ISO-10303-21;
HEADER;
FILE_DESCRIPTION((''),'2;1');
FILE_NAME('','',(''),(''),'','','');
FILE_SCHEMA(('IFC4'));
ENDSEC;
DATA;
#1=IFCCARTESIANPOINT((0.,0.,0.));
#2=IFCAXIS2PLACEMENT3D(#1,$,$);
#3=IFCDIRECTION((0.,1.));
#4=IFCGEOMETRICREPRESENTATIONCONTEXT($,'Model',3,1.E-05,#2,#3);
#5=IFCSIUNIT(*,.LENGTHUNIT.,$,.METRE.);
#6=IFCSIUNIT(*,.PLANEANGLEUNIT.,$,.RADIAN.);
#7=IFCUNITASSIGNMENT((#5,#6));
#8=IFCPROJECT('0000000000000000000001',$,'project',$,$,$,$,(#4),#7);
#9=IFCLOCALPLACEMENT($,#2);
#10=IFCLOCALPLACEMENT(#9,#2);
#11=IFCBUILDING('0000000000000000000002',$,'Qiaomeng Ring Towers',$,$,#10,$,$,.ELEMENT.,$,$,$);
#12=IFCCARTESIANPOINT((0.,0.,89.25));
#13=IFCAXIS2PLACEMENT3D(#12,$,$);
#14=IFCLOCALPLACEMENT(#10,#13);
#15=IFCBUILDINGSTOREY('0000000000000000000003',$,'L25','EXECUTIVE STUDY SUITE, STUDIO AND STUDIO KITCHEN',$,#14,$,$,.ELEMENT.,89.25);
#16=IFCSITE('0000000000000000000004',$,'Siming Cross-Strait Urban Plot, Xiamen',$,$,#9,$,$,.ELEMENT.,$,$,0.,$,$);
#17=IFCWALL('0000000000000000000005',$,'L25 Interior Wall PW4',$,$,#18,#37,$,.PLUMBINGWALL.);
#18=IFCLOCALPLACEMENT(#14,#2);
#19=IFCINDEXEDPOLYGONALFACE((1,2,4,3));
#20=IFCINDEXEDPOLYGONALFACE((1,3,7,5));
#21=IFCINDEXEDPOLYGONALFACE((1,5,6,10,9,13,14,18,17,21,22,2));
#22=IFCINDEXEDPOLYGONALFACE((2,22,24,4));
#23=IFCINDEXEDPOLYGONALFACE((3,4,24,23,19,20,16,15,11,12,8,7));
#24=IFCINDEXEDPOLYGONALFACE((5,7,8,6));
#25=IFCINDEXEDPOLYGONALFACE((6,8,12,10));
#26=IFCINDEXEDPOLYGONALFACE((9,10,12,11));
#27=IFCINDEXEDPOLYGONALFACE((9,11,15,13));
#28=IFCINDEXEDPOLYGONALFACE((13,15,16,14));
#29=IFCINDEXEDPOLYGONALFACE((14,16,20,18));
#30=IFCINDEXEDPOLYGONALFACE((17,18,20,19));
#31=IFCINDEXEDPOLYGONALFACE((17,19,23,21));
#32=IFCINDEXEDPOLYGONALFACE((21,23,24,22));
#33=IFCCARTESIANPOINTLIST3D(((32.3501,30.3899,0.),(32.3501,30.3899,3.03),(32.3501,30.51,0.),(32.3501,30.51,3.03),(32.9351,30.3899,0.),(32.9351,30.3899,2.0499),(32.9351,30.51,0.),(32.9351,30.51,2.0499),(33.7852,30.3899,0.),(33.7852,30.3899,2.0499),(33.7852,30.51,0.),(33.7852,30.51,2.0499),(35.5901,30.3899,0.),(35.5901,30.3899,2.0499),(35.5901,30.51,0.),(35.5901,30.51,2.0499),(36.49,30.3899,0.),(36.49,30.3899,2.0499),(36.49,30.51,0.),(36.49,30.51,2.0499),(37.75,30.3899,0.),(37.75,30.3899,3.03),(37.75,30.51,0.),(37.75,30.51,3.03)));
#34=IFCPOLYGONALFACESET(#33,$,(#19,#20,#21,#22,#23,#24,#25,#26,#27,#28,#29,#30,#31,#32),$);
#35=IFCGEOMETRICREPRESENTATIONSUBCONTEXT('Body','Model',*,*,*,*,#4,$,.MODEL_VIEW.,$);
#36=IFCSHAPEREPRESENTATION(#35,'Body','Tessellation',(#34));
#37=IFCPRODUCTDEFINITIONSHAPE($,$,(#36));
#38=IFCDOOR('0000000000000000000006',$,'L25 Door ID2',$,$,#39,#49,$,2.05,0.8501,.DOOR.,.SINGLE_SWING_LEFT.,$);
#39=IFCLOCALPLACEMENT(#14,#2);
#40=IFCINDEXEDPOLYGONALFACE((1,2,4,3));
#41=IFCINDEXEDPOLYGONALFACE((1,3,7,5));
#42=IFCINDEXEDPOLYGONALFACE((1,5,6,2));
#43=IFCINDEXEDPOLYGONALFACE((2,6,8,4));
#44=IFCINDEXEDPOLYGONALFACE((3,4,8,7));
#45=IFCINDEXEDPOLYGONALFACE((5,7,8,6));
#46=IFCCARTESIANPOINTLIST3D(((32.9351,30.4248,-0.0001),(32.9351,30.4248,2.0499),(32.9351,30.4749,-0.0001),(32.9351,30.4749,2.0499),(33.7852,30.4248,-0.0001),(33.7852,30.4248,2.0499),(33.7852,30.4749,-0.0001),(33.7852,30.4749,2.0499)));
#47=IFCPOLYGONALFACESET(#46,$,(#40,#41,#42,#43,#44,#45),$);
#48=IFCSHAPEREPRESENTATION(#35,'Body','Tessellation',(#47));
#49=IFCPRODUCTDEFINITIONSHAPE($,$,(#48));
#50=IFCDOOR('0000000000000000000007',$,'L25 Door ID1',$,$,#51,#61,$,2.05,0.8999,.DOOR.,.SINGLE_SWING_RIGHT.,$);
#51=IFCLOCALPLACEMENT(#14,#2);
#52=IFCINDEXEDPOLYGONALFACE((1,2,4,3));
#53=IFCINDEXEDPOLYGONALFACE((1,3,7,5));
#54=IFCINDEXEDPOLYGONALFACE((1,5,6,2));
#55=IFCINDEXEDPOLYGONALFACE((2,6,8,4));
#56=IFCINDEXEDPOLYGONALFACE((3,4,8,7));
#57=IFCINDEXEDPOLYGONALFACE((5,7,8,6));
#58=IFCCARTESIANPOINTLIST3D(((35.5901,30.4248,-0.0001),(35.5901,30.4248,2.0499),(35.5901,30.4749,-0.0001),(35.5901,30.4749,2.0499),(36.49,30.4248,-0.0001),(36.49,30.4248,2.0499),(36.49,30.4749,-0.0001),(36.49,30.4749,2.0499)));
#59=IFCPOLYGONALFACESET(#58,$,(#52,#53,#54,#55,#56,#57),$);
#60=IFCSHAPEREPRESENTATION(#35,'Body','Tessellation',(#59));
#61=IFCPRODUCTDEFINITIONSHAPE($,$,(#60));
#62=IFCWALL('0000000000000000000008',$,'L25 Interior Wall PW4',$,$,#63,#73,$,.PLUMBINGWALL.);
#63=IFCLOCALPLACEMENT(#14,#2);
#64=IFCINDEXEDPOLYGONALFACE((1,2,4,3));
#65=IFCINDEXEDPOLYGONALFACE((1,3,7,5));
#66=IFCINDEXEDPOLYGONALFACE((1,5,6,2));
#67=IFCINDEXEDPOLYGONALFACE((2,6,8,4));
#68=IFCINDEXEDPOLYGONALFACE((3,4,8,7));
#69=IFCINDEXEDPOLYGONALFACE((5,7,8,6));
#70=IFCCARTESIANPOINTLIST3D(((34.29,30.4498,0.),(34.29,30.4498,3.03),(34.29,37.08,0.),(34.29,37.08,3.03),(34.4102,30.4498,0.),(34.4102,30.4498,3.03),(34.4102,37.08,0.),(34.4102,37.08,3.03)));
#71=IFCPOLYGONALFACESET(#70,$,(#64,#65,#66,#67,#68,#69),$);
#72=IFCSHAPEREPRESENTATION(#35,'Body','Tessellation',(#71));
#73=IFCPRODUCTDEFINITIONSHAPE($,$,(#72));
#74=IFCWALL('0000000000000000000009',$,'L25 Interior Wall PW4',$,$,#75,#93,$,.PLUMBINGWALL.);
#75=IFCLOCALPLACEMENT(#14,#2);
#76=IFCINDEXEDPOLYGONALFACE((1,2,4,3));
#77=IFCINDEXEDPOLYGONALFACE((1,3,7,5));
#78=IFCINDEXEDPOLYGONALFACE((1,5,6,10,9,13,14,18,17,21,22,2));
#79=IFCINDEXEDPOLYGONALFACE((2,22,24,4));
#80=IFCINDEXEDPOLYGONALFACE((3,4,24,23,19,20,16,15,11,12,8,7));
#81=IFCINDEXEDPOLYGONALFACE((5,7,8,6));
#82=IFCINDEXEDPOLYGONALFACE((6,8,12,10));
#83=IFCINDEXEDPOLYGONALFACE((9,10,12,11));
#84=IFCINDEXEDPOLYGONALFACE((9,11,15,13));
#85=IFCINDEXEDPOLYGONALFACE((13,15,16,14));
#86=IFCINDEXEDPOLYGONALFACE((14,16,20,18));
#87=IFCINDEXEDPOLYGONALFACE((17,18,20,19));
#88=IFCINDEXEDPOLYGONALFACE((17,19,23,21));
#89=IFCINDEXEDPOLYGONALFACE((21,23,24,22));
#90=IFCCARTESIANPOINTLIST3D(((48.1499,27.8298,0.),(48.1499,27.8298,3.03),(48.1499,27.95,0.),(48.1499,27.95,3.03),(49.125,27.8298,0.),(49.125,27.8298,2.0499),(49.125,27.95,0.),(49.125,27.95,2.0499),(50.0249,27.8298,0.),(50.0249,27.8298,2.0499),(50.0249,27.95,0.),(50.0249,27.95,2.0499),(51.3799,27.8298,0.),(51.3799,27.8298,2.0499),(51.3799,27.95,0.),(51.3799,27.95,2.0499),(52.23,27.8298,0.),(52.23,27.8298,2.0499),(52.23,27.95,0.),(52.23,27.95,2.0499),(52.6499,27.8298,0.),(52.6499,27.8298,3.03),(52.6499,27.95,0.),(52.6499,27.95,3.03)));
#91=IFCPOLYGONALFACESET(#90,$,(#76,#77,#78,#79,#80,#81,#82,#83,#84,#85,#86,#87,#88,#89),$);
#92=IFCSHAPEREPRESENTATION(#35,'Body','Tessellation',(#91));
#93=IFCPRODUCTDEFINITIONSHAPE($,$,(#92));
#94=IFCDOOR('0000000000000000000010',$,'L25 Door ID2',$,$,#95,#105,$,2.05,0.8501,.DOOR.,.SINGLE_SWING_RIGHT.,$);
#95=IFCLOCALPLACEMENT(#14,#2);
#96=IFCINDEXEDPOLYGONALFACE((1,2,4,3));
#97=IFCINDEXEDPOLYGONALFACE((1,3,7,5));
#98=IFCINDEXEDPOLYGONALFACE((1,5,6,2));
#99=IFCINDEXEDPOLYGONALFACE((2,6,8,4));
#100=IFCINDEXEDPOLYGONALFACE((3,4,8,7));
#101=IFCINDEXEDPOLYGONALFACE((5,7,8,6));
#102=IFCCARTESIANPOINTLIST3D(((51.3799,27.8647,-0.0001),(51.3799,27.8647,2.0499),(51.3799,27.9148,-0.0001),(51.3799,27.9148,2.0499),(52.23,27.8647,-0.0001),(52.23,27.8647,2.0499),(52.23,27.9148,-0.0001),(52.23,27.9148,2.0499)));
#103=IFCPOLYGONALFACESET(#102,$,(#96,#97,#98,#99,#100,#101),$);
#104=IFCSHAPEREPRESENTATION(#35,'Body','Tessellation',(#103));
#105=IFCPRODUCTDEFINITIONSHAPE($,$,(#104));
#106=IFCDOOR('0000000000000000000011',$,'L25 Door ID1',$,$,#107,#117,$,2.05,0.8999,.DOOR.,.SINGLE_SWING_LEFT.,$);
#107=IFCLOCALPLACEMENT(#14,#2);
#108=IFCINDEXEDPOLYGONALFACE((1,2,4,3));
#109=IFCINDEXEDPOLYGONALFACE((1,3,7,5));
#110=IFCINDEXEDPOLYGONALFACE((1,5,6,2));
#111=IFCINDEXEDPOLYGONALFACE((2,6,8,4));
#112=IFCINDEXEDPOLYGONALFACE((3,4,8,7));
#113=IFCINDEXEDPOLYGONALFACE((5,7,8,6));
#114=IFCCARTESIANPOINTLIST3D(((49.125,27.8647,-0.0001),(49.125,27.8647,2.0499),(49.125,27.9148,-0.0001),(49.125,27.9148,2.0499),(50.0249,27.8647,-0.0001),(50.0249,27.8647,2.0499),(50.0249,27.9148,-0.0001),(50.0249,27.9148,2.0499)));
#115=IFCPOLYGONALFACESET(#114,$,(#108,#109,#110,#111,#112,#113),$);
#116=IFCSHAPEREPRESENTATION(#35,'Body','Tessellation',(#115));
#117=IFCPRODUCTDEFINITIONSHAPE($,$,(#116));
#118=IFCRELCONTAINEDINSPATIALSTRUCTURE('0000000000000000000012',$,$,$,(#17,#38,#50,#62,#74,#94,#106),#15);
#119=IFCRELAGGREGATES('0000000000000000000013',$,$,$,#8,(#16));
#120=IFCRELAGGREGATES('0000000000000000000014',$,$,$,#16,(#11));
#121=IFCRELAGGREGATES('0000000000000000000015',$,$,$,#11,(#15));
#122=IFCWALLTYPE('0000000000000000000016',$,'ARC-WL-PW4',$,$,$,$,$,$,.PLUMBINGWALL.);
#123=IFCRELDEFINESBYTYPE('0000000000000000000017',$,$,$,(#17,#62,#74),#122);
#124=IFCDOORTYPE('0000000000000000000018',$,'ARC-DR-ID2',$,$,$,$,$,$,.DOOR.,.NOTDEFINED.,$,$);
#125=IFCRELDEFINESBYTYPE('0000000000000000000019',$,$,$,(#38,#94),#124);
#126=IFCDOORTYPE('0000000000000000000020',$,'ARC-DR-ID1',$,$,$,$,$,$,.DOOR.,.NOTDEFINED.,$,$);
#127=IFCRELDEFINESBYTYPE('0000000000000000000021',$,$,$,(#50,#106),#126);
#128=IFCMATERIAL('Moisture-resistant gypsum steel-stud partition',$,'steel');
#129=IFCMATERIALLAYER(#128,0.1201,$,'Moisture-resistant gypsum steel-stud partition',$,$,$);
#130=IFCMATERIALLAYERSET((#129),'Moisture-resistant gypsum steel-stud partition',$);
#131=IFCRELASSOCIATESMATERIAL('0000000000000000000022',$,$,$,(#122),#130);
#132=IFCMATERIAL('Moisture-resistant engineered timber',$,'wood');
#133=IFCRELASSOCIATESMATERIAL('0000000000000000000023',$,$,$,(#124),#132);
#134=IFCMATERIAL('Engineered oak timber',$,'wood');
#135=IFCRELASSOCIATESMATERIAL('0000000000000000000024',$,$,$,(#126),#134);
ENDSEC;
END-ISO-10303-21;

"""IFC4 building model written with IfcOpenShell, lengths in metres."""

from ifc_helpers import new_model, si_unit, direction, frame, frame_2d, origin, place, context, subcontext, project, spatial, rectangle, extrude, source, transform, mapped, material, layer, layer_set, type_object, element, fill, save


model = new_model("IFC4")

# Units and contexts
model_context = context("Model", 3, precision=1e-05, world=origin(), true_north=direction((0.0, 1.0)))
body_context = subcontext(model_context, "Body", "Model", "MODEL_VIEW")
ifc_project = project(units=[si_unit("LENGTHUNIT", "METRE"), si_unit("PLANEANGLEUNIT", "RADIAN")], contexts=[model_context])

# Site, building, storey
site_placement = place(None, origin())
site = spatial("IfcSite", under=ifc_project, at=site_placement, Name="Siming Cross-Strait Urban Plot, Xiamen", CompositionType="ELEMENT", RefElevation=0.0)
building_placement = place(site_placement, origin())
building = spatial("IfcBuilding", under=site, at=building_placement, Name="Qiaomeng Ring Towers", CompositionType="ELEMENT")
storey_placement = place(building_placement, frame((0.0, 0.0, 89.25)))
storey = spatial("IfcBuildingStorey", under=building, at=storey_placement, Name="L25", Description="EXECUTIVE STUDY SUITE, STUDIO AND STUDIO KITCHEN", CompositionType="ELEMENT", Elevation=89.25)

# Wall, openings, doors
ifc_material_1 = material(Name="Moisture-resistant gypsum steel-stud partition", Category="steel")
ifc_layer_1 = layer(ifc_material_1, 0.1201, Name="Moisture-resistant gypsum steel-stud partition")
ifc_layer_set_1 = layer_set([ifc_layer_1], Name="Moisture-resistant gypsum steel-stud partition")
wall_type_1 = type_object("IfcWallType", Name="ARC-WL-PW4", PredefinedType="PLUMBINGWALL", material=ifc_layer_set_1)
wall_1_placement = place(storey_placement, frame((32.3501, 30.45, 0.0), z_axis=(0.0, 0.0, 1.0), x_axis=(1.0, 0.0, 0.0)))
wall_1 = element("IfcWall", 1, at=wall_1_placement, inside=storey, type_object=wall_type_1, Name="L25 Interior Wall PW4", PredefinedType="PLUMBINGWALL", context=body_context, shape_type="SweptSolid", body=[
    extrude(rectangle(XDim=5.3999, YDim=0.1201, at=frame_2d((2.7, 0.0))), origin(), (0.0, 0.0, 1.0), 3.03),
])
opening_1_placement = place(wall_1_placement, frame((0.585, 0.0, 0.0)))
opening_1 = element("IfcOpeningElement", 2, at=opening_1_placement, cuts=wall_1, PredefinedType="OPENING", context=body_context, shape_type="SweptSolid", body=[
    extrude(rectangle(XDim=0.8501, YDim=2.05, at=frame_2d((0.425, 1.0249))), frame((0.0, 0.0701, 0.0), z_axis=(0.0, -1.0, 0.0), x_axis=(1.0, 0.0, 0.0)), (0.0, 0.0, 1.0), 0.1401),
])
opening_2_placement = place(wall_1_placement, frame((3.24, 0.0, 0.0)))
opening_2 = element("IfcOpeningElement", 3, at=opening_2_placement, cuts=wall_1, PredefinedType="OPENING", context=body_context, shape_type="SweptSolid", body=[
    extrude(rectangle(XDim=0.8999, YDim=2.05, at=frame_2d((0.45, 1.0249))), frame((0.0, 0.0701, 0.0), z_axis=(0.0, -1.0, 0.0), x_axis=(1.0, 0.0, 0.0)), (0.0, 0.0, 1.0), 0.1401),
])
ifc_material_2 = material(Name="Moisture-resistant engineered timber", Category="wood")
door_type_1 = type_object("IfcDoorType", Name="ARC-DR-ID2", OperationType="NOTDEFINED", PredefinedType="DOOR", material=ifc_material_2)
shared_shape_1 = source(origin(), body_context, "Body", "SweptSolid", [
    extrude(rectangle(XDim=0.8501, YDim=2.05, at=frame_2d((0.425, 1.0249))), frame((0.0, 0.0249, 0.0), z_axis=(0.0, -1.0, 0.0), x_axis=(1.0, 0.0, 0.0)), (0.0, 0.0, 1.0), 0.05),
])
door_1_placement = place(opening_1_placement, origin())
door_1 = element("IfcDoor", 4, at=door_1_placement, inside=storey, type_object=door_type_1, Name="L25 Door ID2", OperationType="SINGLE_SWING_LEFT", OverallHeight=2.05, OverallWidth=0.8501, PredefinedType="DOOR", context=body_context, shape_type="MappedRepresentation", body=[
    mapped(shared_shape_1, transform((0.0, 0.0, 0.0), x_axis=(1.0, 0.0, 0.0), y_axis=(0.0, 1.0, 0.0), z_axis=(0.0, 0.0, 1.0), scale=1.0)),
])
fill(opening_1, door_1)
ifc_material_3 = material(Name="Engineered oak timber", Category="wood")
door_type_2 = type_object("IfcDoorType", Name="ARC-DR-ID1", OperationType="NOTDEFINED", PredefinedType="DOOR", material=ifc_material_3)
shared_shape_2 = source(origin(), body_context, "Body", "SweptSolid", [
    extrude(rectangle(XDim=0.8999, YDim=2.05, at=frame_2d((0.45, 1.0249))), frame((0.0, 0.0249, 0.0), z_axis=(0.0, -1.0, 0.0), x_axis=(1.0, 0.0, 0.0)), (0.0, 0.0, 1.0), 0.05),
])
door_2_placement = place(opening_2_placement, origin())
door_2 = element("IfcDoor", 5, at=door_2_placement, inside=storey, type_object=door_type_2, Name="L25 Door ID1", OperationType="SINGLE_SWING_RIGHT", OverallHeight=2.05, OverallWidth=0.8999, PredefinedType="DOOR", context=body_context, shape_type="MappedRepresentation", body=[
    mapped(shared_shape_2, transform((0.0, 0.0, 0.0), x_axis=(1.0, 0.0, 0.0), y_axis=(0.0, 1.0, 0.0), z_axis=(0.0, 0.0, 1.0), scale=1.0)),
])
fill(opening_2, door_2)

# Wall
wall_2_placement = place(storey_placement, frame((34.3501, 30.45, 0.0), z_axis=(0.0, 0.0, 1.0), x_axis=(0.0, 1.0, 0.0)))
element("IfcWall", 6, at=wall_2_placement, inside=storey, type_object=wall_type_1, Name="L25 Interior Wall PW4", PredefinedType="PLUMBINGWALL", context=body_context, shape_type="SweptSolid", body=[
    extrude(rectangle(XDim=6.6301, YDim=0.1201, at=frame_2d((3.3149, 0.0))), origin(), (0.0, 0.0, 1.0), 3.03),
])

# Wall, openings, doors
wall_3_placement = place(storey_placement, frame((48.1499, 27.8899, 0.0), z_axis=(0.0, 0.0, 1.0), x_axis=(1.0, 0.0, 0.0)))
wall_3 = element("IfcWall", 7, at=wall_3_placement, inside=storey, type_object=wall_type_1, Name="L25 Interior Wall PW4", PredefinedType="PLUMBINGWALL", context=body_context, shape_type="SweptSolid", body=[
    extrude(rectangle(XDim=4.5, YDim=0.1201, at=frame_2d((2.25, 0.0))), origin(), (0.0, 0.0, 1.0), 3.03),
])
opening_3_placement = place(wall_3_placement, frame((0.9751, 0.0, 0.0)))
opening_3 = element("IfcOpeningElement", 8, at=opening_3_placement, cuts=wall_3, PredefinedType="OPENING", context=body_context, shape_type="SweptSolid", body=[
    extrude(rectangle(XDim=0.8999, YDim=2.05, at=frame_2d((0.45, 1.0249))), frame((0.0, 0.0701, 0.0), z_axis=(0.0, -1.0, 0.0), x_axis=(1.0, 0.0, 0.0)), (0.0, 0.0, 1.0), 0.1401),
])
opening_4_placement = place(wall_3_placement, frame((3.23, 0.0, 0.0)))
opening_4 = element("IfcOpeningElement", 9, at=opening_4_placement, cuts=wall_3, PredefinedType="OPENING", context=body_context, shape_type="SweptSolid", body=[
    extrude(rectangle(XDim=0.8501, YDim=2.05, at=frame_2d((0.425, 1.0249))), frame((0.0, 0.0701, 0.0), z_axis=(0.0, -1.0, 0.0), x_axis=(1.0, 0.0, 0.0)), (0.0, 0.0, 1.0), 0.1401),
])
door_3_placement = place(opening_4_placement, origin())
door_3 = element("IfcDoor", 10, at=door_3_placement, inside=storey, type_object=door_type_1, Name="L25 Door ID2", OperationType="SINGLE_SWING_RIGHT", OverallHeight=2.05, OverallWidth=0.8501, PredefinedType="DOOR", context=body_context, shape_type="MappedRepresentation", body=[
    mapped(shared_shape_1, transform((0.0, 0.0, 0.0), x_axis=(1.0, 0.0, 0.0), y_axis=(0.0, 1.0, 0.0), z_axis=(0.0, 0.0, 1.0), scale=1.0)),
])
fill(opening_4, door_3)
door_4_placement = place(opening_3_placement, origin())
door_4 = element("IfcDoor", 11, at=door_4_placement, inside=storey, type_object=door_type_2, Name="L25 Door ID1", OperationType="SINGLE_SWING_LEFT", OverallHeight=2.05, OverallWidth=0.8999, PredefinedType="DOOR", context=body_context, shape_type="MappedRepresentation", body=[
    mapped(shared_shape_2, transform((0.0, 0.0, 0.0), x_axis=(1.0, 0.0, 0.0), y_axis=(0.0, 1.0, 0.0), z_axis=(0.0, 0.0, 1.0), scale=1.0)),
])
fill(opening_3, door_4)

save(model, "model.ifc")
